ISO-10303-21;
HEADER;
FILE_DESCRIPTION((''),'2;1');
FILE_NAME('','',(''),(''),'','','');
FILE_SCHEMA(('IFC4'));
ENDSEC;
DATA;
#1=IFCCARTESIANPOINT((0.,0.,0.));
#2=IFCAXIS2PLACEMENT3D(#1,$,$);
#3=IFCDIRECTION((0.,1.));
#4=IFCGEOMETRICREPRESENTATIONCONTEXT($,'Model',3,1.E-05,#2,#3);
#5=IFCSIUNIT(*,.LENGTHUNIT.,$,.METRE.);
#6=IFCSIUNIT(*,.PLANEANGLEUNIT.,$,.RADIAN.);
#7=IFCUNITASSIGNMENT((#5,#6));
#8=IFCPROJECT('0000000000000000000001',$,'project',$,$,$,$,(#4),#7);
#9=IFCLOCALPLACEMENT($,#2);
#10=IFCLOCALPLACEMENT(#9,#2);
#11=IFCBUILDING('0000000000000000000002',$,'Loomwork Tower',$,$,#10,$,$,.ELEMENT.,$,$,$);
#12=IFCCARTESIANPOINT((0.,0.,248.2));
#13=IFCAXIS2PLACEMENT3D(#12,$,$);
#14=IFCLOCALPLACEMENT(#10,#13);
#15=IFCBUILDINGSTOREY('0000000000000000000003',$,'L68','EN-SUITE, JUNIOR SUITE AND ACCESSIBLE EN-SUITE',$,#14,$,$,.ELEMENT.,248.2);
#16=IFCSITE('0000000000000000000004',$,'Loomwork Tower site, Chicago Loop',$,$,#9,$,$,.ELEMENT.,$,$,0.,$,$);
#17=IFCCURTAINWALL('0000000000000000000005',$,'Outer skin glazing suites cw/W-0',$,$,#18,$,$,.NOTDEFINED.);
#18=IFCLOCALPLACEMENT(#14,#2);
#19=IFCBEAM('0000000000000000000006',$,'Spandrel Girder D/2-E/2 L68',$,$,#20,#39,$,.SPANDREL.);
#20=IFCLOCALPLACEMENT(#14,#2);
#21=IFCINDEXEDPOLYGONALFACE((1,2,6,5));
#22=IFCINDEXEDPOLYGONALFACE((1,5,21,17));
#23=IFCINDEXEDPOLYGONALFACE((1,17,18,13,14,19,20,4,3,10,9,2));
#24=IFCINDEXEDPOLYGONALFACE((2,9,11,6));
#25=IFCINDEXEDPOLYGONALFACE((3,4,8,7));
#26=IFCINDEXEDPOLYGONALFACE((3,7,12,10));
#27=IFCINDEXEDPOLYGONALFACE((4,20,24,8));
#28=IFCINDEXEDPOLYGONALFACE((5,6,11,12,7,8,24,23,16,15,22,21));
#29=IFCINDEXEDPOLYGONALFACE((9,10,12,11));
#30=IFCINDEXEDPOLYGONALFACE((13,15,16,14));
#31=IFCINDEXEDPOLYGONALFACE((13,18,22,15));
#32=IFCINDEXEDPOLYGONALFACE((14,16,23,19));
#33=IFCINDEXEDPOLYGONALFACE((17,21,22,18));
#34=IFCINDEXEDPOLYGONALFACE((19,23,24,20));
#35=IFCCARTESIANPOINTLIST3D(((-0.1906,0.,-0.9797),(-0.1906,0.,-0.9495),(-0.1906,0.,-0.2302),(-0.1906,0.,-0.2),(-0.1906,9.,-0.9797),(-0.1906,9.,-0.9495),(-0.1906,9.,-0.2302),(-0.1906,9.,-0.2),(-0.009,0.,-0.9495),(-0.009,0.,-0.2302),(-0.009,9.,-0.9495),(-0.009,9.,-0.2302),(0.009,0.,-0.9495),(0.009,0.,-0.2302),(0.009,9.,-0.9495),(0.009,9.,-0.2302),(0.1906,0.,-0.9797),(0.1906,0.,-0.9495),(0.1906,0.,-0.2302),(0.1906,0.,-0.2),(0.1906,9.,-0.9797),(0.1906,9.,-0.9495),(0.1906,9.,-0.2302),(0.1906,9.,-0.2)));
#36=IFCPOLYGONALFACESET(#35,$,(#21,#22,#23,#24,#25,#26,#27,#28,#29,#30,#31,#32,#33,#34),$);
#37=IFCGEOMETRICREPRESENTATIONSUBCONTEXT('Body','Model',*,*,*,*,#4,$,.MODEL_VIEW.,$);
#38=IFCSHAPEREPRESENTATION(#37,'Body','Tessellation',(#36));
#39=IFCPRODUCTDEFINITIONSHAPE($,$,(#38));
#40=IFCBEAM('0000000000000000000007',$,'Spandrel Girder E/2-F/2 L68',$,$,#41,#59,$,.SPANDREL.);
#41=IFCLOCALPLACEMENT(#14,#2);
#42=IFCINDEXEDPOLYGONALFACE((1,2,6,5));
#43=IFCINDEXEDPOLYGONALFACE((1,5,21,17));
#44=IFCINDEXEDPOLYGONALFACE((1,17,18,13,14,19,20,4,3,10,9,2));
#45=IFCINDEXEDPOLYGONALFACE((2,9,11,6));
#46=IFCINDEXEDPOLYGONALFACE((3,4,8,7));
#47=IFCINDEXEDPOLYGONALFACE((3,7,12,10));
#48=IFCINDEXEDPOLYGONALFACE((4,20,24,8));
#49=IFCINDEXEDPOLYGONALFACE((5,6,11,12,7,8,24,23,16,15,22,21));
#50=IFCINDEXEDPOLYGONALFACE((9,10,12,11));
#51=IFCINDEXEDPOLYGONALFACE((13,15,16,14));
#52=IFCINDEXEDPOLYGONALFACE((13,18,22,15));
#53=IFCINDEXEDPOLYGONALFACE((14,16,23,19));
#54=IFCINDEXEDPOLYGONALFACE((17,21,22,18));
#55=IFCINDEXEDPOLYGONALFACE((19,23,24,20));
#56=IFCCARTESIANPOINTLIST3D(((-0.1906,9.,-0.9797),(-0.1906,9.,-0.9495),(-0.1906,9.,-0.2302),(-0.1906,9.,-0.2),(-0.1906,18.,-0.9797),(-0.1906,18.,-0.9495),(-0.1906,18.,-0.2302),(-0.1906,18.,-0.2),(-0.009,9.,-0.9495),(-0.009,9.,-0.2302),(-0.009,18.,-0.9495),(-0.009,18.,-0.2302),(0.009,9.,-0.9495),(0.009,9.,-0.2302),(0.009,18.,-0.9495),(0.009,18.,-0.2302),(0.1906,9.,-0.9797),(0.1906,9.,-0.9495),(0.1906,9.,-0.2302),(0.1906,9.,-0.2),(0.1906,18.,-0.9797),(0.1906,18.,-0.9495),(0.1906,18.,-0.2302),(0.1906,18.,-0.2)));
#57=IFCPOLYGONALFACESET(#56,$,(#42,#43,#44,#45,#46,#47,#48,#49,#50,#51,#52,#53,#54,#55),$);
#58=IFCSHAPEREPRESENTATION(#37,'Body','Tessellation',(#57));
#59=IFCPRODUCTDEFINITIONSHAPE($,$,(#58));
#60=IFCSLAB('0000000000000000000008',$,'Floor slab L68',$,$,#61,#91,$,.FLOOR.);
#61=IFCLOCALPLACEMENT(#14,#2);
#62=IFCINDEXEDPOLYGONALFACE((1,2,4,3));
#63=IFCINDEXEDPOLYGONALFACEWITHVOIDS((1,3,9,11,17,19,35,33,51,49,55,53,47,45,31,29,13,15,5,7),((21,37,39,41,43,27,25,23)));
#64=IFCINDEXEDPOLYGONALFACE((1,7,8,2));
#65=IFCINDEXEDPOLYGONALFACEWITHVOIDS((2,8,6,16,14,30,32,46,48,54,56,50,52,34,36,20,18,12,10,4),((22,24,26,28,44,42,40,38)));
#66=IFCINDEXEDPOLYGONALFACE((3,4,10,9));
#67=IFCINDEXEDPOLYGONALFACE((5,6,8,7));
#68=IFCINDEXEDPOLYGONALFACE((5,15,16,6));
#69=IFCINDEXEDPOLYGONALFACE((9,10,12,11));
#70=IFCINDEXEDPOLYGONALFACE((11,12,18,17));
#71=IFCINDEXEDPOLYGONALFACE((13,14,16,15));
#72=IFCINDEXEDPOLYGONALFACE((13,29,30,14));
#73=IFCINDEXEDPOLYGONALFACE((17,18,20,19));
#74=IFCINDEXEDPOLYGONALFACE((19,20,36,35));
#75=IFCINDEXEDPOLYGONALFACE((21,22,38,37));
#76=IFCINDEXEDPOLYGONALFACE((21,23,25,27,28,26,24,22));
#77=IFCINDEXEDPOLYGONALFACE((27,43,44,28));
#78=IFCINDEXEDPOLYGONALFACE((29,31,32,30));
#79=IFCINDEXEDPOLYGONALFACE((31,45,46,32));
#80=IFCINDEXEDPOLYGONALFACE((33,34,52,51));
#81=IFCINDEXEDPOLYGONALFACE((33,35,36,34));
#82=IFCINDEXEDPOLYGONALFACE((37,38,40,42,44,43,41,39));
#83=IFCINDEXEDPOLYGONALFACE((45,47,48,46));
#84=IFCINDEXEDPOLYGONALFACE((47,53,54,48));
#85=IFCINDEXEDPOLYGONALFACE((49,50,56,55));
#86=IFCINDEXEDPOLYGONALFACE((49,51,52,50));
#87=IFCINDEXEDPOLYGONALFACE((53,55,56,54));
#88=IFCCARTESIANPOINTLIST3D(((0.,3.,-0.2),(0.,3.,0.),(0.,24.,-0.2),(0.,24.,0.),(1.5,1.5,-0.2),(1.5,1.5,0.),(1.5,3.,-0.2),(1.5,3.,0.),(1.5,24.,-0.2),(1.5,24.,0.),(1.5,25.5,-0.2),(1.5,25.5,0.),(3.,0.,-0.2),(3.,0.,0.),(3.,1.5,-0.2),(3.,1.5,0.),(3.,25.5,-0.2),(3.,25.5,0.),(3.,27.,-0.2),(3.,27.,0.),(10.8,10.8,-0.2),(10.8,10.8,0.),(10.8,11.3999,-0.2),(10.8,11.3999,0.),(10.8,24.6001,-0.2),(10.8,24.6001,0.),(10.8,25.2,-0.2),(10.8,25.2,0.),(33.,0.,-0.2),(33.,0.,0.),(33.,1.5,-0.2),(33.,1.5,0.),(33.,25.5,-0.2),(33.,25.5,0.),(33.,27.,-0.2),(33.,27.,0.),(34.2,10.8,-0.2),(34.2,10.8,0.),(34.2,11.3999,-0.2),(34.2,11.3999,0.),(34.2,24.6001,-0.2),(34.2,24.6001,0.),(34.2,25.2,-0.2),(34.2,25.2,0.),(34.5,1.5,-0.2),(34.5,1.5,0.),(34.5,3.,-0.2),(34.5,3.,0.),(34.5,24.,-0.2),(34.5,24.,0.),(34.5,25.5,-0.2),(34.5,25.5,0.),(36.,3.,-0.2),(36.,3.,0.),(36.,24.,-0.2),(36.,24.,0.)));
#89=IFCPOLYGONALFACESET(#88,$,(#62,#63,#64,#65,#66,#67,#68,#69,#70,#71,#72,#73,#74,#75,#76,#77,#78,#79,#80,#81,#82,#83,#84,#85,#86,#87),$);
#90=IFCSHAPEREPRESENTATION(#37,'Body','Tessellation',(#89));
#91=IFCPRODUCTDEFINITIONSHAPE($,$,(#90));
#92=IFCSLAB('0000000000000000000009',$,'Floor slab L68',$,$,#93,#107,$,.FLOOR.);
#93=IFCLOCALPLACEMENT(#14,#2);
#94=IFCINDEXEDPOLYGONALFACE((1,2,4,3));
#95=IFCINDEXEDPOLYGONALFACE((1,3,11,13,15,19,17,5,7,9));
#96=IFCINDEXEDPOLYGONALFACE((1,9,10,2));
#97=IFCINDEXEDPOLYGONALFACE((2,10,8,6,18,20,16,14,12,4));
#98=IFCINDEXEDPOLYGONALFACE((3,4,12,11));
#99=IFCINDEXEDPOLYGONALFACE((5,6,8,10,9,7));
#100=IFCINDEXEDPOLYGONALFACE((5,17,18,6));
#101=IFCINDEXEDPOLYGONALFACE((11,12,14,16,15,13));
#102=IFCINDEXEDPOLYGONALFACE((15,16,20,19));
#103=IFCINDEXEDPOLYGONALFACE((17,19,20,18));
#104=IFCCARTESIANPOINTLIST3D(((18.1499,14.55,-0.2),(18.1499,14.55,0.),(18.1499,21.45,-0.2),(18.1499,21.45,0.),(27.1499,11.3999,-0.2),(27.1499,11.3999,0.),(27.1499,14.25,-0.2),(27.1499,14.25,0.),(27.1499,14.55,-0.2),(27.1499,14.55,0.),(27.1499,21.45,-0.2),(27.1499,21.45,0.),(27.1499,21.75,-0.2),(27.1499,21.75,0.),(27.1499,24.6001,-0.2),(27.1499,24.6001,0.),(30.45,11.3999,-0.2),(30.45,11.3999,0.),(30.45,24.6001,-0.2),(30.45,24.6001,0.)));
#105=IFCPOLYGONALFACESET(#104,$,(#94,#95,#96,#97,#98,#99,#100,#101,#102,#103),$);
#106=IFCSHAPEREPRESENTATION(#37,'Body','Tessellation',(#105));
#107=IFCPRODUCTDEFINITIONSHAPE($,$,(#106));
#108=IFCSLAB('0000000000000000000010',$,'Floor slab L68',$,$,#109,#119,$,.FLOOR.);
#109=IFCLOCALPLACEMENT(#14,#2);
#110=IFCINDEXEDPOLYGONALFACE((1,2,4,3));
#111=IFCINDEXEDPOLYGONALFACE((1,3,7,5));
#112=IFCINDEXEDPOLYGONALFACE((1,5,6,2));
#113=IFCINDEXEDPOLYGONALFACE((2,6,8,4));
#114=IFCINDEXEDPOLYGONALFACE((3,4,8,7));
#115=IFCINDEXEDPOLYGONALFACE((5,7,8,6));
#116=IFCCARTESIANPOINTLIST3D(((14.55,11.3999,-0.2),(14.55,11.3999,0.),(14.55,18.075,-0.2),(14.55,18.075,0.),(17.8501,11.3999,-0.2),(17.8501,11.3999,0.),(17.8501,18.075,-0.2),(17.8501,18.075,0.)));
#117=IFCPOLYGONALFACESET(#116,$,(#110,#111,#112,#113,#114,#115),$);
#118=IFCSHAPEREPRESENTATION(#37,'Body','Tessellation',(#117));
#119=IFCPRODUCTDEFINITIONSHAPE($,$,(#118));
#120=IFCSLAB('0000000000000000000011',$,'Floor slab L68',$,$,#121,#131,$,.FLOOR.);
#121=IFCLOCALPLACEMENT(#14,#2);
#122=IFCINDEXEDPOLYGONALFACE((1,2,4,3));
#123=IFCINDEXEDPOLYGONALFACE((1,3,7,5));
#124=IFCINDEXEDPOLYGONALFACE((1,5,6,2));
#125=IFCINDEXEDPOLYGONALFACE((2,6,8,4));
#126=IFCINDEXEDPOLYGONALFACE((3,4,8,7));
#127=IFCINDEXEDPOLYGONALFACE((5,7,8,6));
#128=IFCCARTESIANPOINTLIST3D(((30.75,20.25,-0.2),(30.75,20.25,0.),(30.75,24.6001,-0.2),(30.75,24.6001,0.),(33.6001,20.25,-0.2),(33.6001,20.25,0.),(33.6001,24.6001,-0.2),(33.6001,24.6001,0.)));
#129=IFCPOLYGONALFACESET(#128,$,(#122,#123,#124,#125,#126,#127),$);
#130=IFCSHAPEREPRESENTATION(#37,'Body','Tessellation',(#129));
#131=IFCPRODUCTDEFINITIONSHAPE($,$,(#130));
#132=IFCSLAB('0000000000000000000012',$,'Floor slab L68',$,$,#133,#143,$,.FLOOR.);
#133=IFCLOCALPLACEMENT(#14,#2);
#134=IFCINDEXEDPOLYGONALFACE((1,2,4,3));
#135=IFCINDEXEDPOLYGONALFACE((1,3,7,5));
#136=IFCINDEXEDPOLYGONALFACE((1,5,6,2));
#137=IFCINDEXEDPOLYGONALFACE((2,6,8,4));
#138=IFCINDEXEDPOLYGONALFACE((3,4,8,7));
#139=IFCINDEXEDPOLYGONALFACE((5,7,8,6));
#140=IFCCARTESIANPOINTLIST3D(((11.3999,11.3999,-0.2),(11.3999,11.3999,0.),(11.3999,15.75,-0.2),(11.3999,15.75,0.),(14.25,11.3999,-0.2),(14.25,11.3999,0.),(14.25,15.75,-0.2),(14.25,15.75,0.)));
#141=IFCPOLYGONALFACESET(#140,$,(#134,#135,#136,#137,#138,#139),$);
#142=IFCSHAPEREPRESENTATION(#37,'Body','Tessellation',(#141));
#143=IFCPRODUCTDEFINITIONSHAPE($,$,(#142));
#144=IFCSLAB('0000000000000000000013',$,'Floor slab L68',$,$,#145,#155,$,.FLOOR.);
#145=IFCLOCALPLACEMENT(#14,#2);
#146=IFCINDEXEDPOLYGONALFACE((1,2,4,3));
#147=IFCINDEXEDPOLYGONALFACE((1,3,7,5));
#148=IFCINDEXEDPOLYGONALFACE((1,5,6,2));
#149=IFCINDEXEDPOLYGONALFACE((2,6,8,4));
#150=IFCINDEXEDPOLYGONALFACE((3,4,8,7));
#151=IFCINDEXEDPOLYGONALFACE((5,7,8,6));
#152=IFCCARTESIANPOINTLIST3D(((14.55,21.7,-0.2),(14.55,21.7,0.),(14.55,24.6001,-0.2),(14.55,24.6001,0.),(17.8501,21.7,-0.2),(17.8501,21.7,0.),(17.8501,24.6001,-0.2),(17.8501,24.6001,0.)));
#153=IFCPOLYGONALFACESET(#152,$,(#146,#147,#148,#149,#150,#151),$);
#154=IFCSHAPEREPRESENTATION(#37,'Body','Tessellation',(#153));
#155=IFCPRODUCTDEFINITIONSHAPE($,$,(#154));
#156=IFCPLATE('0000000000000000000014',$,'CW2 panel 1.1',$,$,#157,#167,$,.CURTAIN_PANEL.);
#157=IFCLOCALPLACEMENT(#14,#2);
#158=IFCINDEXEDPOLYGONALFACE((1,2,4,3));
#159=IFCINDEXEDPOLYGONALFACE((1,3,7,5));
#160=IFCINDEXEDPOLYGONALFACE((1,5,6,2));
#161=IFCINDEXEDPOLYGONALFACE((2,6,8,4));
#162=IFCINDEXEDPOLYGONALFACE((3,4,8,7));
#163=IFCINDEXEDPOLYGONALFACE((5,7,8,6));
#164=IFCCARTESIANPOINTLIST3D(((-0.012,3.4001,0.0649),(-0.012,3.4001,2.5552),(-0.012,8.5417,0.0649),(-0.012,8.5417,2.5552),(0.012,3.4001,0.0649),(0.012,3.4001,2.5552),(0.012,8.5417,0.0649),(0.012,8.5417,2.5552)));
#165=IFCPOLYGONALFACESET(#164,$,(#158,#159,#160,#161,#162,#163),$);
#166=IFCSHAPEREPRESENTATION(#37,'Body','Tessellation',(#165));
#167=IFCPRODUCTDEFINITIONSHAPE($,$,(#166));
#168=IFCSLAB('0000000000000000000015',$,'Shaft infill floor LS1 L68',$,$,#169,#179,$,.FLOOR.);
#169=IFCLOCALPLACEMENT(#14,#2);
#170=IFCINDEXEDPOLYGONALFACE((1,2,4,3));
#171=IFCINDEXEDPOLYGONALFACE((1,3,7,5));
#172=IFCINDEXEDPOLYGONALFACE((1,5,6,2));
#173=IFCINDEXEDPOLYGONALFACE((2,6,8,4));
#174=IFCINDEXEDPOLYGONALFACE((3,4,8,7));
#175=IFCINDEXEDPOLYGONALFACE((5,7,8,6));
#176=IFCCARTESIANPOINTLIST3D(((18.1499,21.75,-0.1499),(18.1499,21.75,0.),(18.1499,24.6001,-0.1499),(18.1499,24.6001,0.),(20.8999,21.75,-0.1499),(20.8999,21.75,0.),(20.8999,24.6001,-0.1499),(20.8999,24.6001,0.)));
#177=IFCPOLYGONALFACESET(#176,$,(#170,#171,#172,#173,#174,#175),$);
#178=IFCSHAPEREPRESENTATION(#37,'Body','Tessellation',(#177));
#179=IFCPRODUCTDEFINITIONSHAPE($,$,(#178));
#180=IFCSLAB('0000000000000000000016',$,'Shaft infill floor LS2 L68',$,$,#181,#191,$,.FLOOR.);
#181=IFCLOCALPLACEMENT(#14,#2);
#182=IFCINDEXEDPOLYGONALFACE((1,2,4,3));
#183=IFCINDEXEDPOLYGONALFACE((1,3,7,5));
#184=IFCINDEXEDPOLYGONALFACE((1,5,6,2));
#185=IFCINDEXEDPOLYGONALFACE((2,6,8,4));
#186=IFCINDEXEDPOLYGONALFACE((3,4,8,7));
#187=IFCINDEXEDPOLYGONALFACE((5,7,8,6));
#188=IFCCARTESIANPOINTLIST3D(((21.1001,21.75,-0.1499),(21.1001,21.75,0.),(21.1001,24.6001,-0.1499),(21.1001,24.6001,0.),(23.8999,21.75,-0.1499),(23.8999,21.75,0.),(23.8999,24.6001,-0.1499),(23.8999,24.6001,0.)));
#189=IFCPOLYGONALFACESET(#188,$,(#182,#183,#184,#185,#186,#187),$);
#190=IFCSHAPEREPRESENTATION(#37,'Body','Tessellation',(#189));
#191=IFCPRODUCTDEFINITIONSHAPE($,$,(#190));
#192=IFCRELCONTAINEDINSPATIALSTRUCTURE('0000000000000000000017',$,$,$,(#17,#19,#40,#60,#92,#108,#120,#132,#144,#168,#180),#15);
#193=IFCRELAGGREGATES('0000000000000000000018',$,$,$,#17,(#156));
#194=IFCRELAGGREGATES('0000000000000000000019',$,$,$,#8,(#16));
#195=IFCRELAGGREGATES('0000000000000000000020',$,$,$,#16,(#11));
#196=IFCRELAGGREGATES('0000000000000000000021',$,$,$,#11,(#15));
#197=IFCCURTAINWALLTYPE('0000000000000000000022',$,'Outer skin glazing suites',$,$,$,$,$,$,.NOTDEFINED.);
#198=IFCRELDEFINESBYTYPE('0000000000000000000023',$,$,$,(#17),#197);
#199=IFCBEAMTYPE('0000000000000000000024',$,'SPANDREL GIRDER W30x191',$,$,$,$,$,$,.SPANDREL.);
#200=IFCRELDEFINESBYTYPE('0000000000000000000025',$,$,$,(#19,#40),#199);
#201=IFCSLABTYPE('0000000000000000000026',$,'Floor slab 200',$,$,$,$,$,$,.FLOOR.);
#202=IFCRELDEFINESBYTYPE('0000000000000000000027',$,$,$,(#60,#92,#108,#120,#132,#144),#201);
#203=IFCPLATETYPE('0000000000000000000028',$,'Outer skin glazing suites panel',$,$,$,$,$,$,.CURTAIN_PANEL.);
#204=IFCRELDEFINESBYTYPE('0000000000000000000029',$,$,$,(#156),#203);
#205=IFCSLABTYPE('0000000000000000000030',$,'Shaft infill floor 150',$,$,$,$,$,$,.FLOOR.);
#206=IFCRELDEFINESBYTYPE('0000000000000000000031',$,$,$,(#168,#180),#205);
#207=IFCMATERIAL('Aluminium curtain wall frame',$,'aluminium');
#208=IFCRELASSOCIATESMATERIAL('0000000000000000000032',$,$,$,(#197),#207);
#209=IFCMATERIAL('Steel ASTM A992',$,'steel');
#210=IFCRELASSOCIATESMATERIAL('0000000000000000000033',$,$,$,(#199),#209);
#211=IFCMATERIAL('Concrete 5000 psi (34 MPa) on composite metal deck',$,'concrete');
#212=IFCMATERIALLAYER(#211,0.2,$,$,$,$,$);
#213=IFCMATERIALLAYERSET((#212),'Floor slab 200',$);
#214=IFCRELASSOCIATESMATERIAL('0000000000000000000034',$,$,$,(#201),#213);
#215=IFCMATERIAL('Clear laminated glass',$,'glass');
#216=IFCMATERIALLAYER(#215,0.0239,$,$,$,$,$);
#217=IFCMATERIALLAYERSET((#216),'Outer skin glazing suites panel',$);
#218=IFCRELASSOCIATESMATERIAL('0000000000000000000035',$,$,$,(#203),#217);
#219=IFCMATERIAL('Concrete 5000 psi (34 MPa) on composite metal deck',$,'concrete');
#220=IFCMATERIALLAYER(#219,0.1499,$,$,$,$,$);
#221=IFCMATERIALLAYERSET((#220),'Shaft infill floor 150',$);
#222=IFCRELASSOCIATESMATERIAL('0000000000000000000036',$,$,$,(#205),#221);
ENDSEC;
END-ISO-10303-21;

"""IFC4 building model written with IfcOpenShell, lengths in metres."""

from ifc_helpers import new_model, si_unit, direction, frame, origin, origin_2d, place, context, subcontext, project, spatial, polyline, rectangle, i_section, outline, extrude, material, layer, layer_set, material_profile, profile_set, type_object, element, aggregate, save


model = new_model("IFC4")

# Units and contexts
model_context = context("Model", 3, precision=1e-05, world=origin(), true_north=direction((0.0, 1.0)))
body_context = subcontext(model_context, "Body", "Model", "MODEL_VIEW")
ifc_project = project(units=[si_unit("LENGTHUNIT", "METRE"), si_unit("PLANEANGLEUNIT", "RADIAN")], contexts=[model_context])

# Site, building, storey
site_placement = place(None, origin())
site = spatial("IfcSite", under=ifc_project, at=site_placement, Name="Loomwork Tower site, Chicago Loop", CompositionType="ELEMENT", RefElevation=0.0)
building_placement = place(site_placement, origin())
building = spatial("IfcBuilding", under=site, at=building_placement, Name="Loomwork Tower", CompositionType="ELEMENT")
storey_placement = place(building_placement, frame((0.0, 0.0, 248.2)))
storey = spatial("IfcBuildingStorey", under=building, at=storey_placement, Name="L68", Description="EN-SUITE, JUNIOR SUITE AND ACCESSIBLE EN-SUITE", CompositionType="ELEMENT", Elevation=248.2)

# Curtain wall
ifc_material_1 = material(Name="Aluminium curtain wall frame", Category="aluminium")
curtain_wall_type = type_object("IfcCurtainWallType", Name="Outer skin glazing suites", PredefinedType="NOTDEFINED", material=ifc_material_1)
curtain_wall_placement = place(storey_placement, origin())
curtain_wall = element("IfcCurtainWall", 1, at=curtain_wall_placement, inside=storey, type_object=curtain_wall_type, Name="Outer skin glazing suites cw/W-0", PredefinedType="NOTDEFINED")

# Beams
ifc_material_2 = material(Name="Steel ASTM A992", Category="steel")
ifc_material_profile_1 = material_profile(ifc_material_2, i_section(OverallWidth=0.3811, OverallDepth=0.7798, WebThickness=0.0181, FlangeThickness=0.0303, at=origin_2d()), Name="W30x191")
ifc_profile_set_1 = profile_set([ifc_material_profile_1], Name="Steel ASTM A992")
beam_type_1 = type_object("IfcBeamType", Name="SPANDREL GIRDER W30x191", PredefinedType="SPANDREL", material=ifc_profile_set_1)
for number, where, z_axis, x_axis, name in (
    (2, (0.0, 0.0, -0.5898), (0.0, 1.0, 0.0), (-1.0, 0.0, 0.0), "Spandrel Girder D/2-E/2 L68"),
    (3, (0.0, 9.0, -0.5898), (0.0, 1.0, 0.0), (-1.0, 0.0, 0.0), "Spandrel Girder E/2-F/2 L68"),
):
    element("IfcBeam", number, at=place(storey_placement, frame(where, z_axis=z_axis, x_axis=x_axis)), inside=storey, type_object=beam_type_1, Name=name, PredefinedType="SPANDREL", context=body_context, shape_type="SweptSolid", body=[
        extrude(i_section(OverallWidth=0.3811, OverallDepth=0.7798, WebThickness=0.0181, FlangeThickness=0.0303, at=origin_2d()), origin(), (0.0, 0.0, 1.0), 9.0),
    ])

# Slabs
ifc_material_3 = material(Name="Concrete 5000 psi (34 MPa) on composite metal deck", Category="concrete")
ifc_layer_1 = layer(ifc_material_3, 0.2)
ifc_layer_set_1 = layer_set([ifc_layer_1], Name="Floor slab 200")
slab_type_1 = type_object("IfcSlabType", Name="Floor slab 200", PredefinedType="FLOOR", material=ifc_layer_set_1)
slab_1_placement = place(storey_placement, frame((0.0, 0.0, -0.2)))
element("IfcSlab", 4, at=slab_1_placement, inside=storey, type_object=slab_type_1, Name="Floor slab L68", PredefinedType="FLOOR", context=body_context, shape_type="SweptSolid", body=[
    extrude(outline(polyline([(3.0, 1.5), (1.5, 1.5), (1.5, 3.0), (0.0, 3.0), (0.0, 24.0), (1.5, 24.0), (1.5, 25.5), (3.0, 25.5), (3.0, 27.0), (33.0, 27.0), (33.0, 25.5), (34.5, 25.5), (34.5, 24.0), (36.0, 24.0), (36.0, 3.0), (34.5, 3.0), (34.5, 1.5), (33.0, 1.5), (33.0, 0.0), (3.0, 0.0), (3.0, 1.5)]), holes=[polyline([(10.8, 11.3999), (10.8, 11.3999), (10.8, 10.8), (34.2, 10.8), (34.2, 11.3999), (34.2, 11.3999), (34.2, 24.6001), (34.2, 25.2), (10.8, 25.2), (10.8, 24.6001), (10.8, 11.3999)])]), origin(), (0.0, 0.0, 1.0), 0.2),
])
slab_2_placement = place(storey_placement, frame((0.0, 0.0, -0.2)))
element("IfcSlab", 5, at=slab_2_placement, inside=storey, type_object=slab_type_1, Name="Floor slab L68", PredefinedType="FLOOR", context=body_context, shape_type="SweptSolid", body=[
    extrude(outline(polyline([(30.45, 24.6001), (30.45, 11.3999), (27.1499, 11.3999), (27.1499, 14.25), (27.1499, 14.55), (18.1499, 14.55), (18.1499, 21.45), (27.1499, 21.45), (27.1499, 21.75), (27.1499, 24.6001), (30.45, 24.6001)])), origin(), (0.0, 0.0, 1.0), 0.2),
])
slab_3_placement = place(storey_placement, frame((0.0, 0.0, -0.2)))
element("IfcSlab", 6, at=slab_3_placement, inside=storey, type_object=slab_type_1, Name="Floor slab L68", PredefinedType="FLOOR", context=body_context, shape_type="SweptSolid", body=[
    extrude(outline(polyline([(14.55, 11.3999), (14.55, 18.075), (17.8501, 18.075), (17.8501, 11.3999), (14.55, 11.3999)])), origin(), (0.0, 0.0, 1.0), 0.2),
])
slab_4_placement = place(storey_placement, frame((0.0, 0.0, -0.2)))
element("IfcSlab", 7, at=slab_4_placement, inside=storey, type_object=slab_type_1, Name="Floor slab L68", PredefinedType="FLOOR", context=body_context, shape_type="SweptSolid", body=[
    extrude(outline(polyline([(33.6001, 20.25), (30.75, 20.25), (30.75, 24.6001), (33.6001, 24.6001), (33.6001, 20.25)])), origin(), (0.0, 0.0, 1.0), 0.2),
])
slab_5_placement = place(storey_placement, frame((0.0, 0.0, -0.2)))
element("IfcSlab", 8, at=slab_5_placement, inside=storey, type_object=slab_type_1, Name="Floor slab L68", PredefinedType="FLOOR", context=body_context, shape_type="SweptSolid", body=[
    extrude(outline(polyline([(14.25, 15.75), (14.25, 11.3999), (11.3999, 11.3999), (11.3999, 15.75), (14.25, 15.75)])), origin(), (0.0, 0.0, 1.0), 0.2),
])
slab_6_placement = place(storey_placement, frame((0.0, 0.0, -0.2)))
element("IfcSlab", 9, at=slab_6_placement, inside=storey, type_object=slab_type_1, Name="Floor slab L68", PredefinedType="FLOOR", context=body_context, shape_type="SweptSolid", body=[
    extrude(outline(polyline([(14.55, 21.7), (14.55, 24.6001), (17.8501, 24.6001), (17.8501, 21.7), (14.55, 21.7)])), origin(), (0.0, 0.0, 1.0), 0.2),
])

# Plate
ifc_material_4 = material(Name="Clear laminated glass", Category="glass")
ifc_layer_2 = layer(ifc_material_4, 0.0239)
ifc_layer_set_2 = layer_set([ifc_layer_2], Name="Outer skin glazing suites panel")
plate_type = type_object("IfcPlateType", Name="Outer skin glazing suites panel", PredefinedType="CURTAIN_PANEL", material=ifc_layer_set_2)
plate_placement = place(storey_placement, frame((0.0, 5.9709, 0.0649), z_axis=(0.0, 0.0, 1.0), x_axis=(0.0, -1.0, 0.0)))
plate = element("IfcPlate", 10, at=plate_placement, type_object=plate_type, Name="CW2 panel 1.1", PredefinedType="CURTAIN_PANEL", context=body_context, shape_type="SweptSolid", body=[
    extrude(rectangle(XDim=5.1416, YDim=0.0239, at=origin_2d()), origin(), (0.0, 0.0, 1.0), 2.4902),
])
aggregate(curtain_wall, [plate])

# Slabs
ifc_material_5 = material(Name="Concrete 5000 psi (34 MPa) on composite metal deck", Category="concrete")
ifc_layer_3 = layer(ifc_material_5, 0.1499)
ifc_layer_set_3 = layer_set([ifc_layer_3], Name="Shaft infill floor 150")
slab_type_2 = type_object("IfcSlabType", Name="Shaft infill floor 150", PredefinedType="FLOOR", material=ifc_layer_set_3)
slab_7_placement = place(storey_placement, frame((0.0, 0.0, -0.1499)))
element("IfcSlab", 11, at=slab_7_placement, inside=storey, type_object=slab_type_2, Name="Shaft infill floor LS1 L68", PredefinedType="FLOOR", context=body_context, shape_type="SweptSolid", body=[
    extrude(outline(polyline([(18.1499, 21.75), (20.8999, 21.75), (20.8999, 24.6001), (18.1499, 24.6001), (18.1499, 21.75)])), origin(), (0.0, 0.0, 1.0), 0.1499),
])
slab_8_placement = place(storey_placement, frame((0.0, 0.0, -0.1499)))
element("IfcSlab", 12, at=slab_8_placement, inside=storey, type_object=slab_type_2, Name="Shaft infill floor LS2 L68", PredefinedType="FLOOR", context=body_context, shape_type="SweptSolid", body=[
    extrude(outline(polyline([(21.1001, 21.75), (23.8999, 21.75), (23.8999, 24.6001), (21.1001, 24.6001), (21.1001, 21.75)])), origin(), (0.0, 0.0, 1.0), 0.1499),
])

save(model, "model.ifc")
